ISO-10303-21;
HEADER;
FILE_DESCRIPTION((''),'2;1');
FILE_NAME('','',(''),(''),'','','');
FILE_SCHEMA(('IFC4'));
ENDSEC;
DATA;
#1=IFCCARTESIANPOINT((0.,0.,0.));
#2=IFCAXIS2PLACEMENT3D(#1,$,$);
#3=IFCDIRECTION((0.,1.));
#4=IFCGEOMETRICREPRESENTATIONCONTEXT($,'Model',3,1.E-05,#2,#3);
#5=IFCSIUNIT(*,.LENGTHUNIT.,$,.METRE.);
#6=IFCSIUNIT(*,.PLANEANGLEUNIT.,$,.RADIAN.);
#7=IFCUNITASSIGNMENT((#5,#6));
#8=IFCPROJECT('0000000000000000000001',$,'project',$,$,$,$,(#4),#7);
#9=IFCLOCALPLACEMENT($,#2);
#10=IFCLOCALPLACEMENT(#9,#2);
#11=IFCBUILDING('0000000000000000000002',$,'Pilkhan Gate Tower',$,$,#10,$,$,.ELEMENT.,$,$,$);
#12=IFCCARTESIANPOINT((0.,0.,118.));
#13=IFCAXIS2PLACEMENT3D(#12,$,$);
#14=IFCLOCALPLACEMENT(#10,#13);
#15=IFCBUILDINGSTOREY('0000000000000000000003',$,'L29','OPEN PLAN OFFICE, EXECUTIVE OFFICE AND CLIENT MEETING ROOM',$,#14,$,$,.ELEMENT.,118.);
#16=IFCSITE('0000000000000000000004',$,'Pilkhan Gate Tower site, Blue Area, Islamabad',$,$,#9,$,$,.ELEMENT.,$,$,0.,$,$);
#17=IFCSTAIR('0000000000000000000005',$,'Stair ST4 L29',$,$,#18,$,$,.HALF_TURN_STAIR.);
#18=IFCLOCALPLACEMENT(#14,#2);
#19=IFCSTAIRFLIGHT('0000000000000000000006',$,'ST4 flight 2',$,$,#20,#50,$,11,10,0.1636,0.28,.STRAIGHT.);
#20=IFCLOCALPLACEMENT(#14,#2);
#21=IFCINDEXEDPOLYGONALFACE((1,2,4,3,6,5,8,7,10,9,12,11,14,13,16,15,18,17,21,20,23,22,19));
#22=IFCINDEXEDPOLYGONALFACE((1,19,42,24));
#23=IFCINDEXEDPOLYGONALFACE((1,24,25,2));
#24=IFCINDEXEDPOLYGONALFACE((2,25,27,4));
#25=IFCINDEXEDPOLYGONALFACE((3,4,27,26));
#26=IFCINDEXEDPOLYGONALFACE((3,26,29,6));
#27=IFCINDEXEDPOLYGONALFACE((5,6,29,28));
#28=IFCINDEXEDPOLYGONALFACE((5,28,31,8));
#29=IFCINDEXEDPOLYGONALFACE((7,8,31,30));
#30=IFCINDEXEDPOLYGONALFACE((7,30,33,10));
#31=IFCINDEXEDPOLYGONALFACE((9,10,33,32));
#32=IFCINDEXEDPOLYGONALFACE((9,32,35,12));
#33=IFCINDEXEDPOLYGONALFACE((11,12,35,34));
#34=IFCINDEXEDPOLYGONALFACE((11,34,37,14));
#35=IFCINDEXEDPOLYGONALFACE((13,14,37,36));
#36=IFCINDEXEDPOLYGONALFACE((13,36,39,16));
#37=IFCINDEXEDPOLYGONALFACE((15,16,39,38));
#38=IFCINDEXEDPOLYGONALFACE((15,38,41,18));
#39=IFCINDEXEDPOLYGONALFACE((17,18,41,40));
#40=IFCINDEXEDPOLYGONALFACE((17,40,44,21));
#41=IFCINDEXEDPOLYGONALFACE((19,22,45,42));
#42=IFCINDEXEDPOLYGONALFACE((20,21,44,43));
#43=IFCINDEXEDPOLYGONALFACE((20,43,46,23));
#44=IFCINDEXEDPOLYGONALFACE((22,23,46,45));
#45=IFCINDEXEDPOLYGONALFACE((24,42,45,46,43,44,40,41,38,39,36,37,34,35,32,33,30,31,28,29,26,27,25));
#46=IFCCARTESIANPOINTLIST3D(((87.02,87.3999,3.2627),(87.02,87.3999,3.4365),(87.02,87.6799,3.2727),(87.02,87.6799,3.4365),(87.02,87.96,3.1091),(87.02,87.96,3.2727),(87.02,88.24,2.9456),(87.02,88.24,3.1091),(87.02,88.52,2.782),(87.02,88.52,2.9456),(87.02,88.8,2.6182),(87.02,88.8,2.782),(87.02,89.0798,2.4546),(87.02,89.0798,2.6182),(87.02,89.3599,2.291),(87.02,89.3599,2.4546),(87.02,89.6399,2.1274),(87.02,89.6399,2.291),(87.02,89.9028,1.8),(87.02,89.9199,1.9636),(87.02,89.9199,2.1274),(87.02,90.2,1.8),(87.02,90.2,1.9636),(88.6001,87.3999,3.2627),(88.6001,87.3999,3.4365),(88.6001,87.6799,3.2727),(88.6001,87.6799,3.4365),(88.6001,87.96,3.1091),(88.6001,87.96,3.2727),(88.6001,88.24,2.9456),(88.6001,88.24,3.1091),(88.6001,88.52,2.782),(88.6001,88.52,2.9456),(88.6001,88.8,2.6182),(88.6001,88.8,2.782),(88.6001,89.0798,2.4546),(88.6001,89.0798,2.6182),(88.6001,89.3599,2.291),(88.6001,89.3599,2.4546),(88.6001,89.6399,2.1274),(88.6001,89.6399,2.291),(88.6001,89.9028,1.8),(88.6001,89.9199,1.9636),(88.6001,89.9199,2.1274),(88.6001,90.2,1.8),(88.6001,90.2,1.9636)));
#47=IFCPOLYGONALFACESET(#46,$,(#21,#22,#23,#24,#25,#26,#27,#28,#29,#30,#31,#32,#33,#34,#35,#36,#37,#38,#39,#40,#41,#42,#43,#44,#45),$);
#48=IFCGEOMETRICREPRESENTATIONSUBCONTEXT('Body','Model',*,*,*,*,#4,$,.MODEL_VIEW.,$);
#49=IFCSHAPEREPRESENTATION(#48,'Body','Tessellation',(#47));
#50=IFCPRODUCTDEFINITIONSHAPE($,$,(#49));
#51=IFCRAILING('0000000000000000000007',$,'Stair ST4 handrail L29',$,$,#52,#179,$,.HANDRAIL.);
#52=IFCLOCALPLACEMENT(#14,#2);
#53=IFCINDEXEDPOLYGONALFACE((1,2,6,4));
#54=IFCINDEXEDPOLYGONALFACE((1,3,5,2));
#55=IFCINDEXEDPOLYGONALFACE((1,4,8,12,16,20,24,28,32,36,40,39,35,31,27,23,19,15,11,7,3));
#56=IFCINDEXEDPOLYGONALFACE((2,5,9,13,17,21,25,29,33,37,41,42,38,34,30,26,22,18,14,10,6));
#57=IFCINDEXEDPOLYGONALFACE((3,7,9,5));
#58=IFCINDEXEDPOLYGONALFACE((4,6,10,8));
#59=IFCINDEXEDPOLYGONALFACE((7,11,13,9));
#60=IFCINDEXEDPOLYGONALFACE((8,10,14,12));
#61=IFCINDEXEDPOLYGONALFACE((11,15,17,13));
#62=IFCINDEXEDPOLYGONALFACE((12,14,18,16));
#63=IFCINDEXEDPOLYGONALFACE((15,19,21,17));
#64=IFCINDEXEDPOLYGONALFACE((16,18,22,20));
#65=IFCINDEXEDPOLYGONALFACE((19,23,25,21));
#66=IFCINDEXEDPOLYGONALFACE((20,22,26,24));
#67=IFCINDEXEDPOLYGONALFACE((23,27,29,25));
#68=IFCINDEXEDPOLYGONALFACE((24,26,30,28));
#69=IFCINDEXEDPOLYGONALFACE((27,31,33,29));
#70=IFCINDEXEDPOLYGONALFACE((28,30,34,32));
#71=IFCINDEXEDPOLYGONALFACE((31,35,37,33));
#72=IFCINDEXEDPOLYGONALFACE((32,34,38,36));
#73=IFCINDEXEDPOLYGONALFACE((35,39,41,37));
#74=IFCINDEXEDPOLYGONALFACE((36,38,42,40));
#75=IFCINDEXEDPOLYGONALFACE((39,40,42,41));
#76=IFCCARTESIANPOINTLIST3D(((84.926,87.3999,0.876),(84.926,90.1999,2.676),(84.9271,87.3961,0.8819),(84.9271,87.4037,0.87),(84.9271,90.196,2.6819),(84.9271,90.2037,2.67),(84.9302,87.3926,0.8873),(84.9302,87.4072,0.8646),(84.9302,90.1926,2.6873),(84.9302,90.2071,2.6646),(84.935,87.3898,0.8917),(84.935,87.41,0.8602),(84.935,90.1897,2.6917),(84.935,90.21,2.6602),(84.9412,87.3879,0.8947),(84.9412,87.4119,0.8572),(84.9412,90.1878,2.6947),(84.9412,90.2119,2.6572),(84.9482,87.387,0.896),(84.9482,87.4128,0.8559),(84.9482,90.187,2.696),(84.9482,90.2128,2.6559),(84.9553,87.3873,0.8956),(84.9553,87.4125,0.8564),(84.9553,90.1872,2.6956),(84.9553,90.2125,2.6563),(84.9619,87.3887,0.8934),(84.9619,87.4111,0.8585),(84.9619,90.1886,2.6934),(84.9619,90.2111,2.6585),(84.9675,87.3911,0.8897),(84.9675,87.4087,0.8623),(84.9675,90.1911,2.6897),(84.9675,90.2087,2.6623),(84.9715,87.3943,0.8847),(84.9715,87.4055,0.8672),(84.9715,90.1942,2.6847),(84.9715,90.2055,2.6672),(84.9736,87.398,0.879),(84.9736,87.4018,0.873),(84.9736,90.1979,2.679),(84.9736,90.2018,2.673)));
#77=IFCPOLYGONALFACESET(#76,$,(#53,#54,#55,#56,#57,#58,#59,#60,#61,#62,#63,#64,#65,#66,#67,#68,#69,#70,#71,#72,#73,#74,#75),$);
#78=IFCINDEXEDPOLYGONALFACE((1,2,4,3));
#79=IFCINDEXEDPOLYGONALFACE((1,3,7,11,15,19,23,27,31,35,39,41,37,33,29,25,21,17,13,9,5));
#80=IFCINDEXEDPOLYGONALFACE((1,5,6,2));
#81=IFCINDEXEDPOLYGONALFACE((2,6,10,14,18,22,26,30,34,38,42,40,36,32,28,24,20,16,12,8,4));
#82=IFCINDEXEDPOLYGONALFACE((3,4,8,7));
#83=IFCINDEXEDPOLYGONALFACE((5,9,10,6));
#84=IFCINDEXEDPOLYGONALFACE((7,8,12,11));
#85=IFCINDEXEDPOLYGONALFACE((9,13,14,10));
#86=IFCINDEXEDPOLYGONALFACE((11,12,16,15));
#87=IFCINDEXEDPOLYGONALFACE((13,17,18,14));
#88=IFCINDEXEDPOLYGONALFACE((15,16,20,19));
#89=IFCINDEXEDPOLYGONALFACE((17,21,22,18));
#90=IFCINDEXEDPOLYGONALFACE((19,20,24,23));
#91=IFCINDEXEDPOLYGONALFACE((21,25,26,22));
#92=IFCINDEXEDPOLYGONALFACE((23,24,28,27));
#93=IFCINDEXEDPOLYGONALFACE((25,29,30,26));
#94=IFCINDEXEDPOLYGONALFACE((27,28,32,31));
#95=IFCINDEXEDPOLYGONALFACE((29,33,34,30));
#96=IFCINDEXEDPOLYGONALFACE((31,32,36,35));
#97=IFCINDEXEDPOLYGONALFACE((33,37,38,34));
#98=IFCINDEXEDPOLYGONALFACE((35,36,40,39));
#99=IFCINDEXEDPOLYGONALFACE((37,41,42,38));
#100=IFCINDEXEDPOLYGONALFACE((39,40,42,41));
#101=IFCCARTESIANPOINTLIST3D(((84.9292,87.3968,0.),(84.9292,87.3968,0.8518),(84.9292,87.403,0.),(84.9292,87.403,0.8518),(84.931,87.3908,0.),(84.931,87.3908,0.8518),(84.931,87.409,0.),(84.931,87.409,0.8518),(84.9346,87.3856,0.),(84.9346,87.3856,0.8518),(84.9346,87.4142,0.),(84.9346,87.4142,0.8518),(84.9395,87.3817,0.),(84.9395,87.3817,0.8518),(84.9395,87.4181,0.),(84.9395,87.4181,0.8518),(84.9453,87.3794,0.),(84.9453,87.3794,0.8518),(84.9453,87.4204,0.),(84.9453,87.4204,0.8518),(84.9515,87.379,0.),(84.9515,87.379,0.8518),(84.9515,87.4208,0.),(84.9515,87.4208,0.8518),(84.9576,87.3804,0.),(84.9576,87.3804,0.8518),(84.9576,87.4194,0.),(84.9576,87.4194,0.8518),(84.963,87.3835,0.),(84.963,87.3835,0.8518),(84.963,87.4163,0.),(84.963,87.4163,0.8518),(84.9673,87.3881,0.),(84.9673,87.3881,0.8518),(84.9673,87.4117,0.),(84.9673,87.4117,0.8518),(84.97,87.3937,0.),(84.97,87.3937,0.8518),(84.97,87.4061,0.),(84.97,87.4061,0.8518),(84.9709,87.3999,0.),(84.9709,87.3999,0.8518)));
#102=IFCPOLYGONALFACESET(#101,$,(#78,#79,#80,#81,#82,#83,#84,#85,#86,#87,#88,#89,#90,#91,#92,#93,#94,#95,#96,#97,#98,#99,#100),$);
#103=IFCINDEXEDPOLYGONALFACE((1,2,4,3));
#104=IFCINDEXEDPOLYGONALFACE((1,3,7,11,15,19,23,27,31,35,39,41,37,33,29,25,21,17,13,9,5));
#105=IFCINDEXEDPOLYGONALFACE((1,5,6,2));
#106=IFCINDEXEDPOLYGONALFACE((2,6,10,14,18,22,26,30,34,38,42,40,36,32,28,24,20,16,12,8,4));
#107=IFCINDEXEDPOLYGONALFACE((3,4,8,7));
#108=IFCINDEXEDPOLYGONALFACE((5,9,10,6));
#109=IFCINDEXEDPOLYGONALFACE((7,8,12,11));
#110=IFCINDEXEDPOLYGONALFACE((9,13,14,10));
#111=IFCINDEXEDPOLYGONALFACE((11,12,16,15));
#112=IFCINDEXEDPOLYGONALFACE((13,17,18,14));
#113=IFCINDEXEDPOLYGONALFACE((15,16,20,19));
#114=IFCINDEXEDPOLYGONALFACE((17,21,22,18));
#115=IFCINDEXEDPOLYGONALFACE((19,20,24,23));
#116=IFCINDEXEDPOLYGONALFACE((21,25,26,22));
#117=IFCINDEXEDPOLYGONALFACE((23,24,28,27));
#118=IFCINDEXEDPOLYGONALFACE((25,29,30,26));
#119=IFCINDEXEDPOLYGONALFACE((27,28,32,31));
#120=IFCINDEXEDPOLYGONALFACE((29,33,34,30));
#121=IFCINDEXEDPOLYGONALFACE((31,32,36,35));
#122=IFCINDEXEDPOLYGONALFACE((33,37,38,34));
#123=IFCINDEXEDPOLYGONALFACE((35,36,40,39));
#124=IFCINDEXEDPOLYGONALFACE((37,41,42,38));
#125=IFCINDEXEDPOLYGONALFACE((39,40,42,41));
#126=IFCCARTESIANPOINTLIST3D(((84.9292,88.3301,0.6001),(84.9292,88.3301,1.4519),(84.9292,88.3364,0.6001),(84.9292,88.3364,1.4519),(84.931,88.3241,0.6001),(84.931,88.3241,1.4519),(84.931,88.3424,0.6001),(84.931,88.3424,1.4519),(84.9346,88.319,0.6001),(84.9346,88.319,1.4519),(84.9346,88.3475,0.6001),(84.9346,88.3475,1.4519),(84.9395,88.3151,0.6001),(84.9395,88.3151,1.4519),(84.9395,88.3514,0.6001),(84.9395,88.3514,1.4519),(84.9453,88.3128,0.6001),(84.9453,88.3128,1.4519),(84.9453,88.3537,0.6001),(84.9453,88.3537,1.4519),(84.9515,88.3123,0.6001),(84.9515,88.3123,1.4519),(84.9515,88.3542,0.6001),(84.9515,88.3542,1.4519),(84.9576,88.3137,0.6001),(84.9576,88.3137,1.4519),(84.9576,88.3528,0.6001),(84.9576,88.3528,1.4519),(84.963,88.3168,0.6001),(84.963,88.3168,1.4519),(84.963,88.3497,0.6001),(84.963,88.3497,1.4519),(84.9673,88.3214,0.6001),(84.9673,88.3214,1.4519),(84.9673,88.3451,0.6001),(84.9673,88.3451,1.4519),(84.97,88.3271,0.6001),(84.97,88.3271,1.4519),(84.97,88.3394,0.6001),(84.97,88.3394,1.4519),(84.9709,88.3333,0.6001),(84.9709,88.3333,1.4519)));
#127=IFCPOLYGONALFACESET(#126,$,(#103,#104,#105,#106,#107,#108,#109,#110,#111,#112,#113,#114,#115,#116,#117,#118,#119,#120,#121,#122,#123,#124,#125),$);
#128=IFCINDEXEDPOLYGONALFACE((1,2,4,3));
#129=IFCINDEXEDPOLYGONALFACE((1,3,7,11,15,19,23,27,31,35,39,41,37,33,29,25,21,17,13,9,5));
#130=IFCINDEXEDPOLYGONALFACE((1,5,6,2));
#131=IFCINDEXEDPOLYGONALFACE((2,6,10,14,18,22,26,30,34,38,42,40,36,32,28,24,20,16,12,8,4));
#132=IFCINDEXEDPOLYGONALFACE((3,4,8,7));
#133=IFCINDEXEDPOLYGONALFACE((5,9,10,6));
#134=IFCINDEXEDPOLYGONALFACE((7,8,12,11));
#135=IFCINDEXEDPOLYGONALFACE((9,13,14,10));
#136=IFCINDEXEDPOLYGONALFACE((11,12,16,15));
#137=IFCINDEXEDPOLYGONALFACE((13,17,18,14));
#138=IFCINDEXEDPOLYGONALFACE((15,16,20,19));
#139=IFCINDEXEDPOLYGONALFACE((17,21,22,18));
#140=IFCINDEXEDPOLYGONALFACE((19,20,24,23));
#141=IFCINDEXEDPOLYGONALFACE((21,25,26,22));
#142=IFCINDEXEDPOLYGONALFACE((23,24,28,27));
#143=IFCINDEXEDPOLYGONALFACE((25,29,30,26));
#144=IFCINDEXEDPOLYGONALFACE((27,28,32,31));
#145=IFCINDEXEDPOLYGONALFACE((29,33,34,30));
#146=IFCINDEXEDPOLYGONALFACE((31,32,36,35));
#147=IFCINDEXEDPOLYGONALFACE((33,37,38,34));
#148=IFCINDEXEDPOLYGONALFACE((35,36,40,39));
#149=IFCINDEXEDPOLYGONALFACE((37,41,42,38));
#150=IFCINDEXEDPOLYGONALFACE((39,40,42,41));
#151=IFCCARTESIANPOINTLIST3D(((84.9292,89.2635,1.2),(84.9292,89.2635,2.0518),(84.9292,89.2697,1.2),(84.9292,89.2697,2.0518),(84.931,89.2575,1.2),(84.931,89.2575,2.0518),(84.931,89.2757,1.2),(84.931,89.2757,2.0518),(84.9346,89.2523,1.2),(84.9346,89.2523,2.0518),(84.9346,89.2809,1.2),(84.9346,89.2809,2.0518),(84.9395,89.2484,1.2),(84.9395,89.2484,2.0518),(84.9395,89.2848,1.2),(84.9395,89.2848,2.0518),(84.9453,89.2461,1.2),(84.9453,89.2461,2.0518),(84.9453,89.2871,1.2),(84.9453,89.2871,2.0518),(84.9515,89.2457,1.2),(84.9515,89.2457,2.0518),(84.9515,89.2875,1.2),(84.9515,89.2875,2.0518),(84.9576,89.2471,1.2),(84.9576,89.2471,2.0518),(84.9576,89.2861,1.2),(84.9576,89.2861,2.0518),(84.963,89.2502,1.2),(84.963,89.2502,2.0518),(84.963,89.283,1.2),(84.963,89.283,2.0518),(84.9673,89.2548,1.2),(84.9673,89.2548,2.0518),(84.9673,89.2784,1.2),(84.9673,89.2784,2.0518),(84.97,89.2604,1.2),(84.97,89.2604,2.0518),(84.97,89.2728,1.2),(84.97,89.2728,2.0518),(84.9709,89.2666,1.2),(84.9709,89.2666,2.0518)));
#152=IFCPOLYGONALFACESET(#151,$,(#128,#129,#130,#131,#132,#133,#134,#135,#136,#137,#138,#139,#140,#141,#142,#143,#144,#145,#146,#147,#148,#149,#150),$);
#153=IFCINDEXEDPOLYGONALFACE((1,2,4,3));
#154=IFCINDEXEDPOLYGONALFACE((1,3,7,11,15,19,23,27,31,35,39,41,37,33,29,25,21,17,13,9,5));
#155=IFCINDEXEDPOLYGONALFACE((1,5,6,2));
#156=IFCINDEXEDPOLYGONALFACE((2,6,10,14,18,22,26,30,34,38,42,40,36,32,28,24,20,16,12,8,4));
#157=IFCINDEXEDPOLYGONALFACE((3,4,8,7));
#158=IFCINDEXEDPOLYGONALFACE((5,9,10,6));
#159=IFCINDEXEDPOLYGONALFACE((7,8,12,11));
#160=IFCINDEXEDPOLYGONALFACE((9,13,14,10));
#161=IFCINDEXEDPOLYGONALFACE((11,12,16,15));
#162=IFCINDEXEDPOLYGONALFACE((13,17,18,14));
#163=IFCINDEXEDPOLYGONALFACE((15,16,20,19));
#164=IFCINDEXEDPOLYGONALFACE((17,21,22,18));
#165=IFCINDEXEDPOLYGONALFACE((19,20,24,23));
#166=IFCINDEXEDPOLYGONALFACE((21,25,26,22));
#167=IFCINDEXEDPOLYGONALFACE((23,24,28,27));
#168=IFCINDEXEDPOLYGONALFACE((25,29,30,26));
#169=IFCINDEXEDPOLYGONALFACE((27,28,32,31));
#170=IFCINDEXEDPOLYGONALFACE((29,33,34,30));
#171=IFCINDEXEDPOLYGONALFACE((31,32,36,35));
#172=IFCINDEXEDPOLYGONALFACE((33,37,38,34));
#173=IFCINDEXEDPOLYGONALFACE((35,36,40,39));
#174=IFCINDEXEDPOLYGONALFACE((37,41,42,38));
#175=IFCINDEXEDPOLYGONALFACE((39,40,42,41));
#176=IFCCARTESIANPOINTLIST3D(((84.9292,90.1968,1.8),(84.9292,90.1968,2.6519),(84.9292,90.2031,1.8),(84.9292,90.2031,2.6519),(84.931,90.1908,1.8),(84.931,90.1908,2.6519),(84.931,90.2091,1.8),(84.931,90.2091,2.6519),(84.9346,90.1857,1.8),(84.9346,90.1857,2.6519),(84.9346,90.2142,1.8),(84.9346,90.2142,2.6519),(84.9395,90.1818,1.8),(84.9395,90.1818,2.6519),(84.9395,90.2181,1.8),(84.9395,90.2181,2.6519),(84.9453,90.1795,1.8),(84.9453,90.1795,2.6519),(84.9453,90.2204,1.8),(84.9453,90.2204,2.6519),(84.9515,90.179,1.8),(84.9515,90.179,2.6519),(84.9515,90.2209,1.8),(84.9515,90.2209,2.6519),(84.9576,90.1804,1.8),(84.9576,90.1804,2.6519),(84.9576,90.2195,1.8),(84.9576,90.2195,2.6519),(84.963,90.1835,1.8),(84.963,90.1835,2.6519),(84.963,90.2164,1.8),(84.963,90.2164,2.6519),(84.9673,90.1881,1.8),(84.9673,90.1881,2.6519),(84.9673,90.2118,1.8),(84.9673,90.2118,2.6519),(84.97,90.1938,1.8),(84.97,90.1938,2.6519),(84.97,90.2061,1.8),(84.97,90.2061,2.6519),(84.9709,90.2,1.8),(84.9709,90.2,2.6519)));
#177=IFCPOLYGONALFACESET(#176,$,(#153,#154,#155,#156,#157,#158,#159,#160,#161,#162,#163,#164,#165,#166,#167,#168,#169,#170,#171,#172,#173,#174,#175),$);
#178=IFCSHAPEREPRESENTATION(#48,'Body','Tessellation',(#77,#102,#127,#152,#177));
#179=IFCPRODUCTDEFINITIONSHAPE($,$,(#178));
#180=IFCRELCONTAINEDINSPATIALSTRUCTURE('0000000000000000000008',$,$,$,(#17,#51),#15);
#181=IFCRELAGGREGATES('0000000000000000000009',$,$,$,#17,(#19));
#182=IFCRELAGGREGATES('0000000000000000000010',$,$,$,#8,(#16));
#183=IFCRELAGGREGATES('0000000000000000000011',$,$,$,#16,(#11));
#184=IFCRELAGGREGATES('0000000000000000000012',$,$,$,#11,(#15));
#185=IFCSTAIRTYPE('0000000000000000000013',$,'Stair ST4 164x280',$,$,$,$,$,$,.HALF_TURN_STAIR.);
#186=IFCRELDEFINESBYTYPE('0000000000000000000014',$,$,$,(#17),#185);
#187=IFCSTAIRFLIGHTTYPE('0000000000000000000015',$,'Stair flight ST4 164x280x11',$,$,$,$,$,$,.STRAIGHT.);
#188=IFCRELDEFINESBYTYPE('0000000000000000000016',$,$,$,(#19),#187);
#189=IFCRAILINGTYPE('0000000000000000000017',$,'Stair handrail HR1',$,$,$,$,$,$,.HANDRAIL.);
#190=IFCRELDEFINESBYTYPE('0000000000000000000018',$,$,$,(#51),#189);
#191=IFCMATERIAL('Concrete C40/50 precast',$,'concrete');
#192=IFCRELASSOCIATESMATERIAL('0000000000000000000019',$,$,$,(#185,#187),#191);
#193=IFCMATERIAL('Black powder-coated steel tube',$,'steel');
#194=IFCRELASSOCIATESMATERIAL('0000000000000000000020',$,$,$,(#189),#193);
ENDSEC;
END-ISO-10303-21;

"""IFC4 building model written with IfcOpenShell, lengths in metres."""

from ifc_helpers import new_model, si_unit, direction, frame, origin, origin_2d, place, context, subcontext, project, spatial, polyline, circle, outline, extrude, material, type_object, element, aggregate, save


model = new_model("IFC4")

# Units and contexts
model_context = context("Model", 3, precision=1e-05, world=origin(), true_north=direction((0.0, 1.0)))
body_context = subcontext(model_context, "Body", "Model", "MODEL_VIEW")
ifc_project = project(units=[si_unit("LENGTHUNIT", "METRE"), si_unit("PLANEANGLEUNIT", "RADIAN")], contexts=[model_context])

# Site, building, storey
site_placement = place(None, origin())
site = spatial("IfcSite", under=ifc_project, at=site_placement, Name="Pilkhan Gate Tower site, Blue Area, Islamabad", CompositionType="ELEMENT", RefElevation=0.0)
building_placement = place(site_placement, origin())
building = spatial("IfcBuilding", under=site, at=building_placement, Name="Pilkhan Gate Tower", CompositionType="ELEMENT")
storey_placement = place(building_placement, frame((0.0, 0.0, 118.0)))
storey = spatial("IfcBuildingStorey", under=building, at=storey_placement, Name="L29", Description="OPEN PLAN OFFICE, EXECUTIVE OFFICE AND CLIENT MEETING ROOM", CompositionType="ELEMENT", Elevation=118.0)

# Stair, stair flight
ifc_material_1 = material(Name="Concrete C40/50 precast", Category="concrete")
stair_type = type_object("IfcStairType", Name="Stair ST4 164x280", PredefinedType="HALF_TURN_STAIR", material=ifc_material_1)
stair_placement = place(storey_placement, origin())
stair = element("IfcStair", 1, at=stair_placement, inside=storey, type_object=stair_type, Name="Stair ST4 L29", PredefinedType="HALF_TURN_STAIR")
stair_flight_type = type_object("IfcStairFlightType", Name="Stair flight ST4 164x280x11", PredefinedType="STRAIGHT", material=ifc_material_1)
stair_flight_1_placement = place(storey_placement, frame((87.8101, 90.2, 1.8), z_axis=(0.0, 0.0, 1.0), x_axis=(0.0, -1.0, 0.0)))
stair_flight_1 = element("IfcStairFlight", 2, at=stair_flight_1_placement, type_object=stair_flight_type, Name="ST4 flight 2", NumberOfRisers=11, NumberOfTreads=10, PredefinedType="STRAIGHT", RiserHeight=0.1636, TreadLength=0.28, context=body_context, shape_type="SweptSolid", body=[
    extrude(outline(polyline([(0.0, 0.0), (0.0, 0.1636), (0.28, 0.1636), (0.28, 0.3274), (0.5601, 0.3274), (0.5601, 0.491), (0.8401, 0.491), (0.8401, 0.6545), (1.1201, 0.6545), (1.1201, 0.8181), (1.3999, 0.8181), (1.3999, 0.9819), (1.6799, 0.9819), (1.6799, 1.1455), (1.96, 1.1455), (1.96, 1.3091), (2.24, 1.3091), (2.24, 1.4727), (2.52, 1.4727), (2.52, 1.6365), (2.8, 1.6365), (2.8, 1.8), (2.8, 1.4626), (0.2971, 0.0), (0.0, 0.0)])), frame((0.0, 0.79, 0.0), z_axis=(0.0, -1.0, 0.0), x_axis=(1.0, 0.0, 0.0)), (0.0, 0.0, 1.0), 1.5801),
])
aggregate(stair, [stair_flight_1])

# Railing
ifc_material_2 = material(Name="Black powder-coated steel tube", Category="steel")
railing_type_1 = type_object("IfcRailingType", Name="Stair handrail HR1", PredefinedType="HANDRAIL", material=ifc_material_2)
railing_1_placement = place(storey_placement, frame((84.95, 87.3999, 0.0)))
element("IfcRailing", 3, at=railing_1_placement, inside=storey, type_object=railing_type_1, Name="Stair ST4 handrail L29", PredefinedType="HANDRAIL", context=body_context, shape_type="SweptSolid", body=[
    extrude(circle(Radius=0.0239, at=origin_2d()), frame((0.0, 0.0, 0.876), z_axis=(0.0, 0.841176, 0.540761), x_axis=(-1.0, 0.0, 0.0)), (0.0, 0.0, 1.0), 3.3286),
    extrude(circle(Radius=0.021, at=origin_2d()), origin(), (0.0, 0.0, 1.0), 0.8518),
    extrude(circle(Radius=0.021, at=origin_2d()), frame((0.0, 0.9333, 0.6001)), (0.0, 0.0, 1.0), 0.8518),
    extrude(circle(Radius=0.021, at=origin_2d()), frame((0.0, 1.8667, 1.2)), (0.0, 0.0, 1.0), 0.8518),
    extrude(circle(Radius=0.021, at=origin_2d()), frame((0.0, 2.8, 1.8)), (0.0, 0.0, 1.0), 0.8518),
])

save(model, "model.ifc")
